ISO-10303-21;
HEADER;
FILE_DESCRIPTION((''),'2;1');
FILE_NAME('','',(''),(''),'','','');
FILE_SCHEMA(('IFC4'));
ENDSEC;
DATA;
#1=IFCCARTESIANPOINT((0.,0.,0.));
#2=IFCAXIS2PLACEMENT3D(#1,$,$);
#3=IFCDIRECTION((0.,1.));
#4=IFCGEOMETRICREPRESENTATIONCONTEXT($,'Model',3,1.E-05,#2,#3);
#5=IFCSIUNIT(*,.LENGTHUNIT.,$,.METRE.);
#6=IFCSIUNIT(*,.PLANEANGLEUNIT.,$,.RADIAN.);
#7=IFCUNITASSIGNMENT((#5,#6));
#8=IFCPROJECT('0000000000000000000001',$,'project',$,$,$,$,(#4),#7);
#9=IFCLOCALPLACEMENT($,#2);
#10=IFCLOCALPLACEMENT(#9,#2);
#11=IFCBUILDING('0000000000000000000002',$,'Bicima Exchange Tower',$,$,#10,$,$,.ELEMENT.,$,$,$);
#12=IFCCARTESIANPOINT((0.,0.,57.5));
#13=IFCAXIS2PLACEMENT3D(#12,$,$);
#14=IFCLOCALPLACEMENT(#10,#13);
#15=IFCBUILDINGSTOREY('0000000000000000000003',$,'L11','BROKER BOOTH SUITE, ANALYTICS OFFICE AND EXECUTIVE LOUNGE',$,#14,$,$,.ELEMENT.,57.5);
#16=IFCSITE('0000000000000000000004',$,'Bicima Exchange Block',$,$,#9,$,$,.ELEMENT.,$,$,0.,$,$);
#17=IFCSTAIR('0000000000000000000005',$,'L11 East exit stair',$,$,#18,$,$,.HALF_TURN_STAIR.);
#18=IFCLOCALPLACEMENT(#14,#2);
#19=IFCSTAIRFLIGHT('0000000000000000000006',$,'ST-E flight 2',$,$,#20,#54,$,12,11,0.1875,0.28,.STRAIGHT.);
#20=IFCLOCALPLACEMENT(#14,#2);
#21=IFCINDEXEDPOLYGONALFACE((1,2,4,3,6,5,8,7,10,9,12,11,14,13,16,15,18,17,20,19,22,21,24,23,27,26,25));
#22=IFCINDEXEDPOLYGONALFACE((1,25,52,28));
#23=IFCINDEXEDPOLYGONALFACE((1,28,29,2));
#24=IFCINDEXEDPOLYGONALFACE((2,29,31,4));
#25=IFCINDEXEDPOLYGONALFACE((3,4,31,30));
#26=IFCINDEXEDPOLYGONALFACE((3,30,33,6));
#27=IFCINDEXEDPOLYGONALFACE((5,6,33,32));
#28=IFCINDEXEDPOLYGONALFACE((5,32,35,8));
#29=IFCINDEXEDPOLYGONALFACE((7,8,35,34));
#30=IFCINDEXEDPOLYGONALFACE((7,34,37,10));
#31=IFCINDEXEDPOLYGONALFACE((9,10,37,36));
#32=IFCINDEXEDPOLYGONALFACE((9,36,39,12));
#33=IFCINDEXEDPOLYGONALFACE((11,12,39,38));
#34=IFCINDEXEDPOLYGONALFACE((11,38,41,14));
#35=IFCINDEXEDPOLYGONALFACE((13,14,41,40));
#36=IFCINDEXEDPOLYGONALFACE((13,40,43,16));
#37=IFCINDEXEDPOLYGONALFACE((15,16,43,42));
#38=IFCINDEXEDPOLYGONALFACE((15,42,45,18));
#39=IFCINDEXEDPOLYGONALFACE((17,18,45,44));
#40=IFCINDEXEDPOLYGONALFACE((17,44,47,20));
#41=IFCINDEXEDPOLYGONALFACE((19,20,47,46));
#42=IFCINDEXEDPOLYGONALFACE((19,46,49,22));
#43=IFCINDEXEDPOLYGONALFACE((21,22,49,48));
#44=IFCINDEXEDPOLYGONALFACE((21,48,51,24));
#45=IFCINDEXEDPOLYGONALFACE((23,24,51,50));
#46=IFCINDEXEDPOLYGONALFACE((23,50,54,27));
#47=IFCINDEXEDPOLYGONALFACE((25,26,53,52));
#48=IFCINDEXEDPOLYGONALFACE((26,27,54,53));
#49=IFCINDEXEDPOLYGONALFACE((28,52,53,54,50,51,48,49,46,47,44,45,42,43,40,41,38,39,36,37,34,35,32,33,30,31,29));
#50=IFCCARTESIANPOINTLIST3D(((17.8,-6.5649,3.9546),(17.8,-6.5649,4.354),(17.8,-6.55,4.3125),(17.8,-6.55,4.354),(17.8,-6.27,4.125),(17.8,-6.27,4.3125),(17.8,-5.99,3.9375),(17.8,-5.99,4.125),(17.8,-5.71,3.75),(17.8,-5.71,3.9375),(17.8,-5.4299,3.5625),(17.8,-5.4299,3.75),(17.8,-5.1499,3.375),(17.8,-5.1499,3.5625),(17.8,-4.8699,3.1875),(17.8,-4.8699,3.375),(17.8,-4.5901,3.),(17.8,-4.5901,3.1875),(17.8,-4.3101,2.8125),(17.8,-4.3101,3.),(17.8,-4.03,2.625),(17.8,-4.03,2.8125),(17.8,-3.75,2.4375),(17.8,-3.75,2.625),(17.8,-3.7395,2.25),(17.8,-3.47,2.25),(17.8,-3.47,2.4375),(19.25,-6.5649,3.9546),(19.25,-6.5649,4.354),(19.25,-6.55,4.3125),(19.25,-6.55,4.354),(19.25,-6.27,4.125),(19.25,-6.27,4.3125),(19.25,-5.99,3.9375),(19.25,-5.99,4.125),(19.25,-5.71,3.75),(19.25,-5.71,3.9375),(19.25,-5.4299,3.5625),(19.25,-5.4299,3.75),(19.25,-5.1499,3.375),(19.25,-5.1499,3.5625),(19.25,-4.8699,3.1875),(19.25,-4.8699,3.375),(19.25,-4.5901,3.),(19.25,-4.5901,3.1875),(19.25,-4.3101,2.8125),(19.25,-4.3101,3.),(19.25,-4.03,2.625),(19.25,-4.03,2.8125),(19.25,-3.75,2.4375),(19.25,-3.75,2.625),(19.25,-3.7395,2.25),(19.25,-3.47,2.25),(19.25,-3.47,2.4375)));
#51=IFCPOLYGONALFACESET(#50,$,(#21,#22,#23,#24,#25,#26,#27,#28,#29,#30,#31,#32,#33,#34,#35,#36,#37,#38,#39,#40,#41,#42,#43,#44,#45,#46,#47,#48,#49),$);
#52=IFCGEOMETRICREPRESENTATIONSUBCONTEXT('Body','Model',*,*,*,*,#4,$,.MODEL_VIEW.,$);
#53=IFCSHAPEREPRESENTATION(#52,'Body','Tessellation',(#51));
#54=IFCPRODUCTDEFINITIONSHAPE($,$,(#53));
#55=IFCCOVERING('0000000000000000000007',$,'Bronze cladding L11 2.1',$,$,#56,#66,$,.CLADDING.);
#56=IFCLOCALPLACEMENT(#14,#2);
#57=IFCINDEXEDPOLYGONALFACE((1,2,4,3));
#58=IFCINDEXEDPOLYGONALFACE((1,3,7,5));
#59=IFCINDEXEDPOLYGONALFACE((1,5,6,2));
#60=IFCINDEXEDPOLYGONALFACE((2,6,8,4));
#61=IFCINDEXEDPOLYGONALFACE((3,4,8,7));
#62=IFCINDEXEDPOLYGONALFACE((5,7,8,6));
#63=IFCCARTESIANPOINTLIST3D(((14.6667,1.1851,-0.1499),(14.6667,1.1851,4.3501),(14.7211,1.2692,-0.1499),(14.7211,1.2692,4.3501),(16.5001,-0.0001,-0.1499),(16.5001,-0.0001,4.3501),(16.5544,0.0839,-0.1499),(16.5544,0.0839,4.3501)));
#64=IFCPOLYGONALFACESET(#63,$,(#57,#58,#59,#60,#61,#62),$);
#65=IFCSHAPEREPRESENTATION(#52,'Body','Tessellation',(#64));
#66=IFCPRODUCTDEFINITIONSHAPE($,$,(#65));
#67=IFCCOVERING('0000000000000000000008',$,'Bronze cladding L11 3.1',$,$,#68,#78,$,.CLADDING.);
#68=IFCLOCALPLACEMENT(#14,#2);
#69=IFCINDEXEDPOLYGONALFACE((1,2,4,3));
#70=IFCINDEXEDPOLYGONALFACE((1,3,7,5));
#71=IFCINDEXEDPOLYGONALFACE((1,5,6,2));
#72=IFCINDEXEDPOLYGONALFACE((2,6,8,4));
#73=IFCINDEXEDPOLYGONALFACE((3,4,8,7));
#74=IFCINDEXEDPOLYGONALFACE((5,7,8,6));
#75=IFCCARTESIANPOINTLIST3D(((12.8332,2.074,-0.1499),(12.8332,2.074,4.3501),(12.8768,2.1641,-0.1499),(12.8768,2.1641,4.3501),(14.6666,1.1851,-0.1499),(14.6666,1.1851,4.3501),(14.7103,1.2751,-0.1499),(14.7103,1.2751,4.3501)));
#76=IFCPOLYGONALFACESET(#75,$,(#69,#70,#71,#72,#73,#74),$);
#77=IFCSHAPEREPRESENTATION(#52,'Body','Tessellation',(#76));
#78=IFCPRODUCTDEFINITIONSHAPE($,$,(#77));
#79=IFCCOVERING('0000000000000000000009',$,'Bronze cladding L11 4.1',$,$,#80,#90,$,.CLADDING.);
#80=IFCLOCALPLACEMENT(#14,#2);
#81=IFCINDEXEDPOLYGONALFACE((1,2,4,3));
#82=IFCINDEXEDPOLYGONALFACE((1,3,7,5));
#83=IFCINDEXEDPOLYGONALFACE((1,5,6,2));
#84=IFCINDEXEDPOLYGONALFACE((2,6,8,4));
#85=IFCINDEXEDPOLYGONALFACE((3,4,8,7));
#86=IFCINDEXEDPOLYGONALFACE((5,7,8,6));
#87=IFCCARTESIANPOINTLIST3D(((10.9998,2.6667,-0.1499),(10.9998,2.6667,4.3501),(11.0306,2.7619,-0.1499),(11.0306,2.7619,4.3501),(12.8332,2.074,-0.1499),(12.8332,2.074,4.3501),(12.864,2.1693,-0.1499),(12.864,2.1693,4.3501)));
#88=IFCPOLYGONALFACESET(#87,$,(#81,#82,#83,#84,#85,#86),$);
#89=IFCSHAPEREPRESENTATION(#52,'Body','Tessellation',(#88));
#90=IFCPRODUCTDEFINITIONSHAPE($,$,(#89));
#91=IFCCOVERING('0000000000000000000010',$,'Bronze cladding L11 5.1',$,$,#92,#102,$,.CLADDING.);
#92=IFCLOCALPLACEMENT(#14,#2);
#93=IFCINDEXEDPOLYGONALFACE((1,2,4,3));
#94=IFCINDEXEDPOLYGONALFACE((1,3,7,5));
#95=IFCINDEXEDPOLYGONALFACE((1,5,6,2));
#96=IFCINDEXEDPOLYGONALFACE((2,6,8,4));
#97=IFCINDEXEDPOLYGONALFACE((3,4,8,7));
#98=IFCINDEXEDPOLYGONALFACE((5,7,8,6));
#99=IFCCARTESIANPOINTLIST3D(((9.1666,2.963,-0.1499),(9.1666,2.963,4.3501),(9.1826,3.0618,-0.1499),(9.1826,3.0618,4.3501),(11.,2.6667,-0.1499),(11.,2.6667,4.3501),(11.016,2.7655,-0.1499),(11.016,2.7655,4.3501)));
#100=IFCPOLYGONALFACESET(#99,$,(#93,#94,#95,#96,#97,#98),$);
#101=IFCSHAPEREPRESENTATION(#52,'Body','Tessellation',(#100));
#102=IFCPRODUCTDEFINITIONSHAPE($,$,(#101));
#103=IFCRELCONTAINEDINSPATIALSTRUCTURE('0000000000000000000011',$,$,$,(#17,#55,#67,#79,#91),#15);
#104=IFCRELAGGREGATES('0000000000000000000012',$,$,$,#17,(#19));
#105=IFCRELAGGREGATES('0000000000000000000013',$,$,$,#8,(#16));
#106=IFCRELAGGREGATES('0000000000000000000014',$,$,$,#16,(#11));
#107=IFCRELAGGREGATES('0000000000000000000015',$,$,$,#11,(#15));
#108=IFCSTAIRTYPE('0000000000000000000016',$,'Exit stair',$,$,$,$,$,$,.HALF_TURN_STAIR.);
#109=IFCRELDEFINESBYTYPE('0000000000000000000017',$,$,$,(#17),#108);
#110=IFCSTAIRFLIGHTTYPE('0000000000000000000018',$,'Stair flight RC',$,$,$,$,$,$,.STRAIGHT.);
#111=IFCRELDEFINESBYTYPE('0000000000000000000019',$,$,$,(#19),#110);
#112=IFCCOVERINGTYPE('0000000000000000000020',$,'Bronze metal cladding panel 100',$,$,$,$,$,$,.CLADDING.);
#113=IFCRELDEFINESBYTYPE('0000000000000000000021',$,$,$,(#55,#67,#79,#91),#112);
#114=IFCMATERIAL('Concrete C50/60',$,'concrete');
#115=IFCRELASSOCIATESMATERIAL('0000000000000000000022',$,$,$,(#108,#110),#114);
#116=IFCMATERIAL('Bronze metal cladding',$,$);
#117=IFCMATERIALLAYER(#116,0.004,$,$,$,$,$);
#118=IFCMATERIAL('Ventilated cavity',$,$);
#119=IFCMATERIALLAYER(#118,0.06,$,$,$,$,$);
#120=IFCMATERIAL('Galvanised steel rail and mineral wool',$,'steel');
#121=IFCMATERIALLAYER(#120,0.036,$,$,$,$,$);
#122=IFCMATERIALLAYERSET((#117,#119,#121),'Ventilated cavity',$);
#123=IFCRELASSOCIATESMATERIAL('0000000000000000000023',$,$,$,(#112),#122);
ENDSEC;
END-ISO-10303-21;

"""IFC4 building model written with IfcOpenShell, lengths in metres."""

from ifc_helpers import new_model, si_unit, direction, frame, origin, origin_2d, place, context, subcontext, project, spatial, polyline, rectangle, outline, extrude, material, layer, layer_set, type_object, element, aggregate, save


model = new_model("IFC4")

# Units and contexts
model_context = context("Model", 3, precision=1e-05, world=origin(), true_north=direction((0.0, 1.0)))
body_context = subcontext(model_context, "Body", "Model", "MODEL_VIEW")
ifc_project = project(units=[si_unit("LENGTHUNIT", "METRE"), si_unit("PLANEANGLEUNIT", "RADIAN")], contexts=[model_context])

# Site, building, storey
site_placement = place(None, origin())
site = spatial("IfcSite", under=ifc_project, at=site_placement, Name="Bicima Exchange Block", CompositionType="ELEMENT", RefElevation=0.0)
building_placement = place(site_placement, origin())
building = spatial("IfcBuilding", under=site, at=building_placement, Name="Bicima Exchange Tower", CompositionType="ELEMENT")
storey_placement = place(building_placement, frame((0.0, 0.0, 57.5)))
storey = spatial("IfcBuildingStorey", under=building, at=storey_placement, Name="L11", Description="BROKER BOOTH SUITE, ANALYTICS OFFICE AND EXECUTIVE LOUNGE", CompositionType="ELEMENT", Elevation=57.5)

# Shared definitions
ifc_material_1 = material(Name="Concrete C50/60", Category="concrete")

# Stair, stair flight
stair_type = type_object("IfcStairType", Name="Exit stair", PredefinedType="HALF_TURN_STAIR", material=ifc_material_1)
stair_placement = place(storey_placement, origin())
stair = element("IfcStair", 1, at=stair_placement, inside=storey, type_object=stair_type, Name="L11 East exit stair", PredefinedType="HALF_TURN_STAIR")
stair_flight_type = type_object("IfcStairFlightType", Name="Stair flight RC", PredefinedType="STRAIGHT", material=ifc_material_1)
stair_flight_placement = place(storey_placement, frame((18.5249, -3.47, 2.25), z_axis=(0.0, 0.0, 1.0), x_axis=(0.0, -1.0, 0.0)))
stair_flight = element("IfcStairFlight", 2, at=stair_flight_placement, type_object=stair_flight_type, Name="ST-E flight 2", NumberOfRisers=12, NumberOfTreads=11, PredefinedType="STRAIGHT", RiserHeight=0.1875, TreadLength=0.28, context=body_context, shape_type="SweptSolid", body=[
    extrude(outline(polyline([(0.0, 0.0), (0.0, 0.1875), (0.28, 0.1875), (0.28, 0.375), (0.5601, 0.375), (0.5601, 0.5625), (0.8401, 0.5625), (0.8401, 0.75), (1.1201, 0.75), (1.1201, 0.9375), (1.3999, 0.9375), (1.3999, 1.125), (1.6799, 1.125), (1.6799, 1.3125), (1.96, 1.3125), (1.96, 1.5), (2.24, 1.5), (2.24, 1.6875), (2.52, 1.6875), (2.52, 1.875), (2.8, 1.875), (2.8, 2.0625), (3.0801, 2.0625), (3.0801, 2.104), (3.095, 2.104), (3.095, 1.7046), (0.2695, 0.0), (0.0, 0.0)])), frame((0.0, 0.7251, 0.0), z_axis=(0.0, -1.0, 0.0), x_axis=(1.0, 0.0, 0.0)), (0.0, 0.0, 1.0), 1.45),
])
aggregate(stair, [stair_flight])

# Coverings
ifc_material_2 = material(Name="Bronze metal cladding")
ifc_layer_1 = layer(ifc_material_2, 0.004)
ifc_material_3 = material(Name="Ventilated cavity")
ifc_layer_2 = layer(ifc_material_3, 0.06)
ifc_material_4 = material(Name="Galvanised steel rail and mineral wool", Category="steel")
ifc_layer_3 = layer(ifc_material_4, 0.036)
ifc_layer_set_1 = layer_set([ifc_layer_1, ifc_layer_2, ifc_layer_3], Name="Ventilated cavity")
covering_type = type_object("IfcCoveringType", Name="Bronze metal cladding panel 100", PredefinedType="CLADDING", material=ifc_layer_set_1)
covering_1_placement = place(storey_placement, frame((15.6106, 0.6345, -0.1499), z_axis=(0.0, 0.0, 1.0), x_axis=(-0.83979, 0.542911, 0.0)))
element("IfcCovering", 3, at=covering_1_placement, inside=storey, type_object=covering_type, Name="Bronze cladding L11 2.1", PredefinedType="CLADDING", context=body_context, shape_type="SweptSolid", body=[
    extrude(rectangle(XDim=2.1831, YDim=0.1001, at=origin_2d()), origin(), (0.0, 0.0, 1.0), 4.5),
])
covering_2_placement = place(storey_placement, frame((13.7717, 1.6746, -0.1499), z_axis=(0.0, 0.0, 1.0), x_axis=(-0.899818, 0.436265, 0.0)))
element("IfcCovering", 4, at=covering_2_placement, inside=storey, type_object=covering_type, Name="Bronze cladding L11 3.1", PredefinedType="CLADDING", context=body_context, shape_type="SweptSolid", body=[
    extrude(rectangle(XDim=2.0376, YDim=0.1001, at=origin_2d()), origin(), (0.0, 0.0, 1.0), 4.5),
])
covering_3_placement = place(storey_placement, frame((11.9319, 2.418, -0.1499), z_axis=(0.0, 0.0, 1.0), x_axis=(-0.951525, 0.307573, 0.0)))
element("IfcCovering", 5, at=covering_3_placement, inside=storey, type_object=covering_type, Name="Bronze cladding L11 4.1", PredefinedType="CLADDING", context=body_context, shape_type="SweptSolid", body=[
    extrude(rectangle(XDim=1.9268, YDim=0.1001, at=origin_2d()), origin(), (0.0, 0.0, 1.0), 4.5),
])
covering_4_placement = place(storey_placement, frame((10.0913, 2.8643, -0.1499), z_axis=(0.0, 0.0, 1.0), x_axis=(-0.98719, 0.15955, 0.0)))
element("IfcCovering", 6, at=covering_4_placement, inside=storey, type_object=covering_type, Name="Bronze cladding L11 5.1", PredefinedType="CLADDING", context=body_context, shape_type="SweptSolid", body=[
    extrude(rectangle(XDim=1.8572, YDim=0.1001, at=origin_2d()), origin(), (0.0, 0.0, 1.0), 4.5),
])

save(model, "model.ifc")
